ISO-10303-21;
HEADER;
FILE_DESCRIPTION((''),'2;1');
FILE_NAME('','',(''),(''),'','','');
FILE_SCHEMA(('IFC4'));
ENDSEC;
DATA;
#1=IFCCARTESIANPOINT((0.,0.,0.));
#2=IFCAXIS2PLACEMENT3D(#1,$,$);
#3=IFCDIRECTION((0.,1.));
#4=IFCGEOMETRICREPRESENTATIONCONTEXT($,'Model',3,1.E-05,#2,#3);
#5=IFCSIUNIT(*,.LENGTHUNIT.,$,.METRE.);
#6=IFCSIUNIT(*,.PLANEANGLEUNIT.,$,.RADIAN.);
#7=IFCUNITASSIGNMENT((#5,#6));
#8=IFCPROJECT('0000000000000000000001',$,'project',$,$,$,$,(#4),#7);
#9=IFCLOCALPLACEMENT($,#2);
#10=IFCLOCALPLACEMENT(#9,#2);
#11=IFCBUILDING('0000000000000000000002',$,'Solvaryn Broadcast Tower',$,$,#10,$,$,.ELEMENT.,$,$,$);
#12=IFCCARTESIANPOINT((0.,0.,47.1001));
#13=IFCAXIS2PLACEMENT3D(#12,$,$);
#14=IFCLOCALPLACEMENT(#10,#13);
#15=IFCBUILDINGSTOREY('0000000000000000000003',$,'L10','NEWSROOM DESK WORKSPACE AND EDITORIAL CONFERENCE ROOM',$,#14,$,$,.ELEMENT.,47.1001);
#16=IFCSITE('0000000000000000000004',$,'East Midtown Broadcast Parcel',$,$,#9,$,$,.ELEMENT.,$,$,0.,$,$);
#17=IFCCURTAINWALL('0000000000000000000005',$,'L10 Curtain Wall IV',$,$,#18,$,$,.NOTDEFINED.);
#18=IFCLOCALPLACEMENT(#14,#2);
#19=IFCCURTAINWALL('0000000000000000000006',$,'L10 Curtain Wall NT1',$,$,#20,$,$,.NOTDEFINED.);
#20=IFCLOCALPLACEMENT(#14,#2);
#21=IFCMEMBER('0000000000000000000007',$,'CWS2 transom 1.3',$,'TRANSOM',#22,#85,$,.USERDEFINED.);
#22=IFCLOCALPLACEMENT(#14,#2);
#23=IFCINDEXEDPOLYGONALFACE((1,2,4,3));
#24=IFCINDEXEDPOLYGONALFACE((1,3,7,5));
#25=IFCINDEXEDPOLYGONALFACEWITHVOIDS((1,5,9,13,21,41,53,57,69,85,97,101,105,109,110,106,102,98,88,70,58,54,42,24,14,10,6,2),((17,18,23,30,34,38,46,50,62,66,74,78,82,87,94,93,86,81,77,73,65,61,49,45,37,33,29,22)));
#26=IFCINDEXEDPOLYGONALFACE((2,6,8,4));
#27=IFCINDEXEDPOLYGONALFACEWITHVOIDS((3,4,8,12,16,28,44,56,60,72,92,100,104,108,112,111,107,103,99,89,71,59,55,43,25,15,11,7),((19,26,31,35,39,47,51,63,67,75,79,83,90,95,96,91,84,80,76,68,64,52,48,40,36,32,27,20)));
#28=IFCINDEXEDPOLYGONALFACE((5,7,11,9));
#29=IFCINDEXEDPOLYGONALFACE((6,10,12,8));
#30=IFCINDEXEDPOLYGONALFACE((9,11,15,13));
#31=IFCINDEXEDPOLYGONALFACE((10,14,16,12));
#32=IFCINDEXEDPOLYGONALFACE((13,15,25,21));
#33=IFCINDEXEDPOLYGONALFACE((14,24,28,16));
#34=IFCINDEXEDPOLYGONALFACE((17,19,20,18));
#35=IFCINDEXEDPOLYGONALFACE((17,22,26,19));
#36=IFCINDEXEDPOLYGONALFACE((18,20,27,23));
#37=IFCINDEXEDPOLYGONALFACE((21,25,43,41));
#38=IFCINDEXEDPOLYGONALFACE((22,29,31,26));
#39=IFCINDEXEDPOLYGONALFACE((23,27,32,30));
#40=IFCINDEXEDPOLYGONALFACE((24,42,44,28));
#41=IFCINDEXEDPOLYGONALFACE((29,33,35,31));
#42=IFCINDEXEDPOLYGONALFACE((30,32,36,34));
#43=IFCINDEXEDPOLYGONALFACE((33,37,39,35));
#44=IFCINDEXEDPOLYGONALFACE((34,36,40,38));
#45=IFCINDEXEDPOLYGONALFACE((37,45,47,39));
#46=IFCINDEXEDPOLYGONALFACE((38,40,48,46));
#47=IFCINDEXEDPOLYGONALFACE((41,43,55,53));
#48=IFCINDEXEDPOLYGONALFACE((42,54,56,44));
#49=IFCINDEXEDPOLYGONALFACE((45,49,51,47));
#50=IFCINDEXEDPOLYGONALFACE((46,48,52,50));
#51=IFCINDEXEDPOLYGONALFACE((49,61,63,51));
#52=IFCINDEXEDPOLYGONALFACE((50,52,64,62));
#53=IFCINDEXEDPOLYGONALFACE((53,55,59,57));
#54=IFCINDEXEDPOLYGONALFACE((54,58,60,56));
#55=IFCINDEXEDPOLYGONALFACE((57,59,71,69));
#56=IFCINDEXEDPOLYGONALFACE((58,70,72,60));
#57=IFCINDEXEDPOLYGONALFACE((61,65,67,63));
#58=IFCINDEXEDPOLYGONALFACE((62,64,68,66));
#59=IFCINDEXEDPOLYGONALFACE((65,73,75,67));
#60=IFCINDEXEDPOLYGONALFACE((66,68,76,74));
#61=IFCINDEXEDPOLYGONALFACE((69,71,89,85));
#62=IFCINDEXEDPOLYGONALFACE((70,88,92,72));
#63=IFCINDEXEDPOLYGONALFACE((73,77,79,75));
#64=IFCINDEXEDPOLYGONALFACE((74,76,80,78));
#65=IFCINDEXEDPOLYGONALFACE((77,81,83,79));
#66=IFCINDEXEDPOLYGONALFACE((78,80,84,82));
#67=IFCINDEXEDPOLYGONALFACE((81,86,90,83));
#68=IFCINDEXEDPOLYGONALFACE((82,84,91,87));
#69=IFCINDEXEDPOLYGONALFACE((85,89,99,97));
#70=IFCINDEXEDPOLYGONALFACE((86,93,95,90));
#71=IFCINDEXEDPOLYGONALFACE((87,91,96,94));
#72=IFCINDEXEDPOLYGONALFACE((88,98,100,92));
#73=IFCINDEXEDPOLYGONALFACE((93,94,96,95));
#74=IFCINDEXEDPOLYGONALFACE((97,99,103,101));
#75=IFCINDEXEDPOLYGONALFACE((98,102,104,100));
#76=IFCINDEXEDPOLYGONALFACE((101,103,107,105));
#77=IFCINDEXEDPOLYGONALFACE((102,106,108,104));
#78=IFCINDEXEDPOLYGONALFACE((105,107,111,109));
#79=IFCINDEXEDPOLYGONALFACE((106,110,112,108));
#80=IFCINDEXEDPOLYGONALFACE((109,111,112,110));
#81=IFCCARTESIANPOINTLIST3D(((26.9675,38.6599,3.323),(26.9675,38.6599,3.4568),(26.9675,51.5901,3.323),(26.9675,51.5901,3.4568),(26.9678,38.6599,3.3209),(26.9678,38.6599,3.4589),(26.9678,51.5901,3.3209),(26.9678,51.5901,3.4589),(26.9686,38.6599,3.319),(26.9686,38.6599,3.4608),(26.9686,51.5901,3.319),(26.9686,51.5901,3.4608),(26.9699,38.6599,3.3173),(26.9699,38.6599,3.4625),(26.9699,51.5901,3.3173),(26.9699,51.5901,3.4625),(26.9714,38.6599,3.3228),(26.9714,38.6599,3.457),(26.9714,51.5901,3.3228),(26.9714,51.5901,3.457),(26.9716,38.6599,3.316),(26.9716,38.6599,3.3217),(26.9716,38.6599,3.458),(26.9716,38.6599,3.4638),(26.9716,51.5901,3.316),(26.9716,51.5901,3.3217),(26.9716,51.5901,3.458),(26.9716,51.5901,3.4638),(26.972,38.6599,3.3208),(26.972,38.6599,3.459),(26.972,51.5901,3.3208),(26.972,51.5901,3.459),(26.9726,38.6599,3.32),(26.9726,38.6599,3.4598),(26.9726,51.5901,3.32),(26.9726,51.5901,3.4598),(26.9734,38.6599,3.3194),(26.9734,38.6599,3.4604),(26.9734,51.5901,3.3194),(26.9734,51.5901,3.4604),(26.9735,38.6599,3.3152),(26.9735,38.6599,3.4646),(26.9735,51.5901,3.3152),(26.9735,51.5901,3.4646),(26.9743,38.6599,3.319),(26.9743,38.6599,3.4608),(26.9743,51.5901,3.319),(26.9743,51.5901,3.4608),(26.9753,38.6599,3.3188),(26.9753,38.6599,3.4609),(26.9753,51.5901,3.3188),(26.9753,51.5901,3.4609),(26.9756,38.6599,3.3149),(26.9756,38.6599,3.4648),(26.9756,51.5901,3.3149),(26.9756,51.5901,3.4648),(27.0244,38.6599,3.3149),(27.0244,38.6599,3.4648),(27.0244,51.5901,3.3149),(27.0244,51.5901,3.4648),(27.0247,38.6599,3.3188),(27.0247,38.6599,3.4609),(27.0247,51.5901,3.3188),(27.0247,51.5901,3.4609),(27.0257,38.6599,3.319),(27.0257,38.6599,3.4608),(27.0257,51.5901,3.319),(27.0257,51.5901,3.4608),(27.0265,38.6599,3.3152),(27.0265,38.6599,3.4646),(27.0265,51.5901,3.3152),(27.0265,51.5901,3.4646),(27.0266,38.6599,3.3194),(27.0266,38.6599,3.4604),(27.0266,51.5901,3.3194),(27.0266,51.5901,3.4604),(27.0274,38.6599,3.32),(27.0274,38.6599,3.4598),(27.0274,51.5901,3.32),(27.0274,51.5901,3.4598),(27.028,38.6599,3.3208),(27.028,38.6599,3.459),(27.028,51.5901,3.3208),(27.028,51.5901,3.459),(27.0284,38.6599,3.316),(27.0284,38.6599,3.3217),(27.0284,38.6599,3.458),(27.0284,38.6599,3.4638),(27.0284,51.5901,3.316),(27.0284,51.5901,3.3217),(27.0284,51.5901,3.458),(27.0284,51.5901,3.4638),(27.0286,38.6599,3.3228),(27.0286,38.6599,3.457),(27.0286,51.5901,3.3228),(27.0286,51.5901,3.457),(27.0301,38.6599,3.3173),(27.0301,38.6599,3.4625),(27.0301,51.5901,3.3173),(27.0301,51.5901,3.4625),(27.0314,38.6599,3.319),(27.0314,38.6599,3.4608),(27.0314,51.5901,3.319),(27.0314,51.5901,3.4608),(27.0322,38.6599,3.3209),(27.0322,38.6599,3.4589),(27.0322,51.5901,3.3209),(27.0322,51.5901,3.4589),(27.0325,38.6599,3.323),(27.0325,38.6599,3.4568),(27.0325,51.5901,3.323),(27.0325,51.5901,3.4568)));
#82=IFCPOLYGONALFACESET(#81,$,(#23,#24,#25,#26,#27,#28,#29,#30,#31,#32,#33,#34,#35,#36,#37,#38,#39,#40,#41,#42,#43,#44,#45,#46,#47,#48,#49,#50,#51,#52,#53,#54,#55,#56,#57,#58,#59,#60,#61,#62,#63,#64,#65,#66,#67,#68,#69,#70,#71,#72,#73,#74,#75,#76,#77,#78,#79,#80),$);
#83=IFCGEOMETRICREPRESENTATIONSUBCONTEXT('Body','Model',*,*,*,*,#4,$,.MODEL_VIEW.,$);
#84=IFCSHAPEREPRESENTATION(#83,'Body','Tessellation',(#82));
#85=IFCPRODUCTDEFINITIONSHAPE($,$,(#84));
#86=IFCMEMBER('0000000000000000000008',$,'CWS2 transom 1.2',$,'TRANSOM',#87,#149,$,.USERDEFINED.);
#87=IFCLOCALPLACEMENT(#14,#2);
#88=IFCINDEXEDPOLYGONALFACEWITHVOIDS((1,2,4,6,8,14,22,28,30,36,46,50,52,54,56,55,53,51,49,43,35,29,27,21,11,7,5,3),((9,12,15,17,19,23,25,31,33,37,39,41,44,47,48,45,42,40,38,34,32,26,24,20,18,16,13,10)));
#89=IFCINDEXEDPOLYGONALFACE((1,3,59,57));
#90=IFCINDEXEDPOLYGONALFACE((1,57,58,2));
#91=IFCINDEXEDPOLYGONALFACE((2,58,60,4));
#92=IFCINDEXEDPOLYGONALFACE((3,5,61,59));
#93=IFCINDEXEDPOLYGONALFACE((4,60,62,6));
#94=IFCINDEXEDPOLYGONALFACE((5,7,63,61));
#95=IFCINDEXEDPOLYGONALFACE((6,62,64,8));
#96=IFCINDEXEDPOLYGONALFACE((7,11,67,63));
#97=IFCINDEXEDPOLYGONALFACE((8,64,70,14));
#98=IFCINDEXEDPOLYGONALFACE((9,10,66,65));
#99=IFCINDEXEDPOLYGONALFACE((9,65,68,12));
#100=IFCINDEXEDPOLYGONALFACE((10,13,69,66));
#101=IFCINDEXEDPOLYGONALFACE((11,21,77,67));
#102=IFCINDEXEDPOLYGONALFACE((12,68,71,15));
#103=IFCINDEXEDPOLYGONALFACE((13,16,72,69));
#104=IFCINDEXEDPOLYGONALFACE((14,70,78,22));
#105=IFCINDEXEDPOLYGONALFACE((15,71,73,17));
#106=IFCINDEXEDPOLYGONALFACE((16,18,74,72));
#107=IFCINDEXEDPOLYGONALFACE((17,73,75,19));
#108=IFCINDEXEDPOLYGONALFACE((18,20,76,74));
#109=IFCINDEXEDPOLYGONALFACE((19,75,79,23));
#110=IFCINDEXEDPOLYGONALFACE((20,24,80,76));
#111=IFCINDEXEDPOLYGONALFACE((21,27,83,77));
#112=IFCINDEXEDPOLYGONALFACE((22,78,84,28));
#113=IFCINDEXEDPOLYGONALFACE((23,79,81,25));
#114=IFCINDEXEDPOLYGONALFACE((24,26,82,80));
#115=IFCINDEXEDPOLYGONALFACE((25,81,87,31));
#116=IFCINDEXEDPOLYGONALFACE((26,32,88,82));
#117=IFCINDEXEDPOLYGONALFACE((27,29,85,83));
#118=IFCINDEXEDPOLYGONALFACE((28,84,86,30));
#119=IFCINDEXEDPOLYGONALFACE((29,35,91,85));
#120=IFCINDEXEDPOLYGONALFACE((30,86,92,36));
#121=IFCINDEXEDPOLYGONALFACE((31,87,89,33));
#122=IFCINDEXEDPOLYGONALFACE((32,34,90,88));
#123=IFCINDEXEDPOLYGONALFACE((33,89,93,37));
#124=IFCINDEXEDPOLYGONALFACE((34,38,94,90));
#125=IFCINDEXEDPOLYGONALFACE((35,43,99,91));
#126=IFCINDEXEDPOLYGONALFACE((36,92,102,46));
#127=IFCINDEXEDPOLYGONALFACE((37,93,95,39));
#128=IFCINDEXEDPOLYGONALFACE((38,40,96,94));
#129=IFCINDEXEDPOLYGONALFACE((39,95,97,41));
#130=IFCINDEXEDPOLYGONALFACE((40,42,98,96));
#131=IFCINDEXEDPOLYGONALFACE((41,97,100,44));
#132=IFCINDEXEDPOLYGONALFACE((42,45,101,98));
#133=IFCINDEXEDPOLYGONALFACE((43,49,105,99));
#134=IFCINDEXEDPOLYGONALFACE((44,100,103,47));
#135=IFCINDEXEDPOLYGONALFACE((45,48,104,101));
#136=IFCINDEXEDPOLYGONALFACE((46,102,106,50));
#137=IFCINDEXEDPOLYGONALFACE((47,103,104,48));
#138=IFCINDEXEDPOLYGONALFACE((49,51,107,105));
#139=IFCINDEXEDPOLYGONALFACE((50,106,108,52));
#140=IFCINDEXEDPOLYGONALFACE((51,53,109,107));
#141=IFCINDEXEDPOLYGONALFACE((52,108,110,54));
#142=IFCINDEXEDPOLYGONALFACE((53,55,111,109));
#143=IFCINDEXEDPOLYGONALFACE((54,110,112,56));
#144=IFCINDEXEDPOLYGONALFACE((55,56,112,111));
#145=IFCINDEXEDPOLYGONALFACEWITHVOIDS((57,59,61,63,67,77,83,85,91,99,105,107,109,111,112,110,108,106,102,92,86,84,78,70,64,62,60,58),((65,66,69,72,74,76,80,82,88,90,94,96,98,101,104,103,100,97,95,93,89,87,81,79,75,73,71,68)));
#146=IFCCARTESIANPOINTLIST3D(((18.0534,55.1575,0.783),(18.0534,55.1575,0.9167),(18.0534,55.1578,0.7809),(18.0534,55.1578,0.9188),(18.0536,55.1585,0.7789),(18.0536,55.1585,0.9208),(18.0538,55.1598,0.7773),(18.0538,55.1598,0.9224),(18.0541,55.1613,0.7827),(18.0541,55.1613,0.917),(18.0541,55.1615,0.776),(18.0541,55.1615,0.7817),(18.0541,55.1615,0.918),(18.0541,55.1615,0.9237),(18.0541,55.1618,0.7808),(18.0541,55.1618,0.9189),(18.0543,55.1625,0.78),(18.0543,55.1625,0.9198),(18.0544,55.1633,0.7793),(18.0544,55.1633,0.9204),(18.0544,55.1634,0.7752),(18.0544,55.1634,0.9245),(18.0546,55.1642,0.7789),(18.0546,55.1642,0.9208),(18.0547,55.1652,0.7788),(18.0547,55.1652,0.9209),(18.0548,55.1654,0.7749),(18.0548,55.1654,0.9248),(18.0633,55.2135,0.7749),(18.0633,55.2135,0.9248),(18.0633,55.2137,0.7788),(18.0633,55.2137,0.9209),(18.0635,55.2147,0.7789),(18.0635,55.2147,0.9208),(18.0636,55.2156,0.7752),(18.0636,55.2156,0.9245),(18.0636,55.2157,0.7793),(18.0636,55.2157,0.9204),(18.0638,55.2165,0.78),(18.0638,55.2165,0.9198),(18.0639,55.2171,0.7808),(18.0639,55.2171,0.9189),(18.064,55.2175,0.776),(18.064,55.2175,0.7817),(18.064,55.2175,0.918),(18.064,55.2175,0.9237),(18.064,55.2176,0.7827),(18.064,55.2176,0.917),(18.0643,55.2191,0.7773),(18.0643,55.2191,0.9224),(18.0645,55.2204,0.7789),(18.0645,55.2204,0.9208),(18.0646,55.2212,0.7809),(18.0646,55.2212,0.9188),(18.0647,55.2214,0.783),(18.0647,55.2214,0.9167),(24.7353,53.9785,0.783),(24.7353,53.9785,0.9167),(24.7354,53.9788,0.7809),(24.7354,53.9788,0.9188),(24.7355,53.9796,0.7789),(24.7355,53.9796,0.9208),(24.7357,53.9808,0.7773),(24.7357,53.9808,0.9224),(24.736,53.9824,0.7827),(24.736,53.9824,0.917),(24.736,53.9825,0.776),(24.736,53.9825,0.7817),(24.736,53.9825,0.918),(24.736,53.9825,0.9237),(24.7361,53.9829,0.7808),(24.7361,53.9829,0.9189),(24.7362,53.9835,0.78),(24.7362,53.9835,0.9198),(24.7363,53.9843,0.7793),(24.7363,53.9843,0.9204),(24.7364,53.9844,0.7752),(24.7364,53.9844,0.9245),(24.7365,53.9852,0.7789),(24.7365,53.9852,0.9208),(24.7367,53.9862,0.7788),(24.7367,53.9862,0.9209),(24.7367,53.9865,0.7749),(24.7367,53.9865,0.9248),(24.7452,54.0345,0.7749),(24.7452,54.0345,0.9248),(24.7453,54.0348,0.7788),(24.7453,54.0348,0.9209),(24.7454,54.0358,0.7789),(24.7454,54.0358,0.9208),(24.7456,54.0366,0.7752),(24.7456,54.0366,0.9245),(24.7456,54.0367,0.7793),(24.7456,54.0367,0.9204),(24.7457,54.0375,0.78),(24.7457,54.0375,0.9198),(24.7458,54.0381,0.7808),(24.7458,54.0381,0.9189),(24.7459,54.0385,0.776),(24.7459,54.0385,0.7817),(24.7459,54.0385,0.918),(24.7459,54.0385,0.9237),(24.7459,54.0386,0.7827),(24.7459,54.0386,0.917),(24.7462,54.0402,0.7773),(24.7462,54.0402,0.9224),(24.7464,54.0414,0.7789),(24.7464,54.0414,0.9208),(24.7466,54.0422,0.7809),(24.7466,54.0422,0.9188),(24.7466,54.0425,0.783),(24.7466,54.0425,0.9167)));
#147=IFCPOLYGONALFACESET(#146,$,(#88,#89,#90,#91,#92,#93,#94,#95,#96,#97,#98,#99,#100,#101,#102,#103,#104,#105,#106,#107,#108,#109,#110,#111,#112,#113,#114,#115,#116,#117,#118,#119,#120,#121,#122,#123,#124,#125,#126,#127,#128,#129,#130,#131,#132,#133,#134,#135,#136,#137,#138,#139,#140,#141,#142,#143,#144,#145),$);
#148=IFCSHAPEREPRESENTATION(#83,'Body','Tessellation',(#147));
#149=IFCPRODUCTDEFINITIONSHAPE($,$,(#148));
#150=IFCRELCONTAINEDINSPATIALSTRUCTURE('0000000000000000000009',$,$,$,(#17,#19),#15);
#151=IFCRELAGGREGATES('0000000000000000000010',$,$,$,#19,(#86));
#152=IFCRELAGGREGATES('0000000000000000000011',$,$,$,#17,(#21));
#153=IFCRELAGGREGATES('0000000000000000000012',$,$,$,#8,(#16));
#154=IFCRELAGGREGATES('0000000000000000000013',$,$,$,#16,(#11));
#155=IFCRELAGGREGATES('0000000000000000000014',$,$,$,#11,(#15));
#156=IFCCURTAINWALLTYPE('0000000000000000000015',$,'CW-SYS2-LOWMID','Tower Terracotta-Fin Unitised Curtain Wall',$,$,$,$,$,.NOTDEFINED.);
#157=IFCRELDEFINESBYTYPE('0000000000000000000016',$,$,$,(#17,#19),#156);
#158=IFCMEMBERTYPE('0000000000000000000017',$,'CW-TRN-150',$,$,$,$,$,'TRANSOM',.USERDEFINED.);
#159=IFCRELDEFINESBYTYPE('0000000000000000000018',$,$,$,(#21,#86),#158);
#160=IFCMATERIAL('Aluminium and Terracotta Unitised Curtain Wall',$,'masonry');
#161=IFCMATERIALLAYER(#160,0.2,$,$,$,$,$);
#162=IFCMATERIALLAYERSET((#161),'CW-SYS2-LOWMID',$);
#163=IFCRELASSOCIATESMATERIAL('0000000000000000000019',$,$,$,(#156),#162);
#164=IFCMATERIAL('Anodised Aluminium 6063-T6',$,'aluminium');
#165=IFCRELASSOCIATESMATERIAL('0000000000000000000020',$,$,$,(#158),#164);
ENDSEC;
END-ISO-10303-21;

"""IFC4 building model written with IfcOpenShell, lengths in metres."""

from ifc_helpers import new_model, si_unit, direction, frame, origin, origin_2d, place, context, subcontext, project, spatial, hollow_rectangle, extrude, material, layer, layer_set, material_profile, profile_set, type_object, element, aggregate, save


model = new_model("IFC4")

# Units and contexts
model_context = context("Model", 3, precision=1e-05, world=origin(), true_north=direction((0.0, 1.0)))
body_context = subcontext(model_context, "Body", "Model", "MODEL_VIEW")
ifc_project = project(units=[si_unit("LENGTHUNIT", "METRE"), si_unit("PLANEANGLEUNIT", "RADIAN")], contexts=[model_context])

# Site, building, storey
site_placement = place(None, origin())
site = spatial("IfcSite", under=ifc_project, at=site_placement, Name="East Midtown Broadcast Parcel", CompositionType="ELEMENT", RefElevation=0.0)
building_placement = place(site_placement, origin())
building = spatial("IfcBuilding", under=site, at=building_placement, Name="Solvaryn Broadcast Tower", CompositionType="ELEMENT")
storey_placement = place(building_placement, frame((0.0, 0.0, 47.1001)))
storey = spatial("IfcBuildingStorey", under=building, at=storey_placement, Name="L10", Description="NEWSROOM DESK WORKSPACE AND EDITORIAL CONFERENCE ROOM", CompositionType="ELEMENT", Elevation=47.1001)

# Curtain wall
ifc_material_1 = material(Name="Aluminium and Terracotta Unitised Curtain Wall", Category="masonry")
ifc_layer_1 = layer(ifc_material_1, 0.2)
ifc_layer_set_1 = layer_set([ifc_layer_1], Name="CW-SYS2-LOWMID")
curtain_wall_type = type_object("IfcCurtainWallType", Name="CW-SYS2-LOWMID", Description="Tower Terracotta-Fin Unitised Curtain Wall", PredefinedType="NOTDEFINED", material=ifc_layer_set_1)
curtain_wall_1_placement = place(storey_placement, origin())
curtain_wall_1 = element("IfcCurtainWall", 1, at=curtain_wall_1_placement, inside=storey, type_object=curtain_wall_type, Name="L10 Curtain Wall IV", PredefinedType="NOTDEFINED")

# Curtain wall
curtain_wall_2_placement = place(storey_placement, origin())
curtain_wall_2 = element("IfcCurtainWall", 2, at=curtain_wall_2_placement, inside=storey, type_object=curtain_wall_type, Name="L10 Curtain Wall NT1", PredefinedType="NOTDEFINED")

# Members
ifc_material_2 = material(Name="Anodised Aluminium 6063-T6", Category="aluminium")
ifc_material_profile_1 = material_profile(ifc_material_2, hollow_rectangle(XDim=0.0649, YDim=0.1499, WallThickness=0.0039, InnerFilletRadius=0.0039, OuterFilletRadius=0.0081, at=origin_2d()))
ifc_profile_set_1 = profile_set([ifc_material_profile_1], Name="Anodised Aluminium 6063-T6")
member_type_1 = type_object("IfcMemberType", Name="CW-TRN-150", ElementType="TRANSOM", PredefinedType="USERDEFINED", material=ifc_profile_set_1)
member_1_placement = place(storey_placement, frame((27.0, 51.5901, 3.3899), z_axis=(0.0, -1.0, 0.0), x_axis=(1.0, 0.0, 0.0)))
member_1 = element("IfcMember", 3, at=member_1_placement, type_object=member_type_1, Name="CWS2 transom 1.3", ObjectType="TRANSOM", PredefinedType="USERDEFINED", context=body_context, shape_type="SweptSolid", body=[
    extrude(hollow_rectangle(XDim=0.0649, YDim=0.1499, WallThickness=0.0039, InnerFilletRadius=0.0039, OuterFilletRadius=0.0081, at=origin_2d()), origin(), (0.0, 0.0, 1.0), 12.9302),
])
member_2_placement = place(storey_placement, frame((24.741, 54.0105, 0.8499), z_axis=(-0.984789, 0.173757, 0.0), x_axis=(-0.173757, -0.984789, 0.0)))
member_2 = element("IfcMember", 4, at=member_2_placement, type_object=member_type_1, Name="CWS2 transom 1.2", ObjectType="TRANSOM", PredefinedType="USERDEFINED", context=body_context, shape_type="SweptSolid", body=[
    extrude(hollow_rectangle(XDim=0.0649, YDim=0.1499, WallThickness=0.0039, InnerFilletRadius=0.0039, OuterFilletRadius=0.0081, at=origin_2d()), origin(), (0.0, 0.0, 1.0), 6.7852),
])
aggregate(curtain_wall_2, [member_2])

aggregate(curtain_wall_1, [member_1])

save(model, "model.ifc")
